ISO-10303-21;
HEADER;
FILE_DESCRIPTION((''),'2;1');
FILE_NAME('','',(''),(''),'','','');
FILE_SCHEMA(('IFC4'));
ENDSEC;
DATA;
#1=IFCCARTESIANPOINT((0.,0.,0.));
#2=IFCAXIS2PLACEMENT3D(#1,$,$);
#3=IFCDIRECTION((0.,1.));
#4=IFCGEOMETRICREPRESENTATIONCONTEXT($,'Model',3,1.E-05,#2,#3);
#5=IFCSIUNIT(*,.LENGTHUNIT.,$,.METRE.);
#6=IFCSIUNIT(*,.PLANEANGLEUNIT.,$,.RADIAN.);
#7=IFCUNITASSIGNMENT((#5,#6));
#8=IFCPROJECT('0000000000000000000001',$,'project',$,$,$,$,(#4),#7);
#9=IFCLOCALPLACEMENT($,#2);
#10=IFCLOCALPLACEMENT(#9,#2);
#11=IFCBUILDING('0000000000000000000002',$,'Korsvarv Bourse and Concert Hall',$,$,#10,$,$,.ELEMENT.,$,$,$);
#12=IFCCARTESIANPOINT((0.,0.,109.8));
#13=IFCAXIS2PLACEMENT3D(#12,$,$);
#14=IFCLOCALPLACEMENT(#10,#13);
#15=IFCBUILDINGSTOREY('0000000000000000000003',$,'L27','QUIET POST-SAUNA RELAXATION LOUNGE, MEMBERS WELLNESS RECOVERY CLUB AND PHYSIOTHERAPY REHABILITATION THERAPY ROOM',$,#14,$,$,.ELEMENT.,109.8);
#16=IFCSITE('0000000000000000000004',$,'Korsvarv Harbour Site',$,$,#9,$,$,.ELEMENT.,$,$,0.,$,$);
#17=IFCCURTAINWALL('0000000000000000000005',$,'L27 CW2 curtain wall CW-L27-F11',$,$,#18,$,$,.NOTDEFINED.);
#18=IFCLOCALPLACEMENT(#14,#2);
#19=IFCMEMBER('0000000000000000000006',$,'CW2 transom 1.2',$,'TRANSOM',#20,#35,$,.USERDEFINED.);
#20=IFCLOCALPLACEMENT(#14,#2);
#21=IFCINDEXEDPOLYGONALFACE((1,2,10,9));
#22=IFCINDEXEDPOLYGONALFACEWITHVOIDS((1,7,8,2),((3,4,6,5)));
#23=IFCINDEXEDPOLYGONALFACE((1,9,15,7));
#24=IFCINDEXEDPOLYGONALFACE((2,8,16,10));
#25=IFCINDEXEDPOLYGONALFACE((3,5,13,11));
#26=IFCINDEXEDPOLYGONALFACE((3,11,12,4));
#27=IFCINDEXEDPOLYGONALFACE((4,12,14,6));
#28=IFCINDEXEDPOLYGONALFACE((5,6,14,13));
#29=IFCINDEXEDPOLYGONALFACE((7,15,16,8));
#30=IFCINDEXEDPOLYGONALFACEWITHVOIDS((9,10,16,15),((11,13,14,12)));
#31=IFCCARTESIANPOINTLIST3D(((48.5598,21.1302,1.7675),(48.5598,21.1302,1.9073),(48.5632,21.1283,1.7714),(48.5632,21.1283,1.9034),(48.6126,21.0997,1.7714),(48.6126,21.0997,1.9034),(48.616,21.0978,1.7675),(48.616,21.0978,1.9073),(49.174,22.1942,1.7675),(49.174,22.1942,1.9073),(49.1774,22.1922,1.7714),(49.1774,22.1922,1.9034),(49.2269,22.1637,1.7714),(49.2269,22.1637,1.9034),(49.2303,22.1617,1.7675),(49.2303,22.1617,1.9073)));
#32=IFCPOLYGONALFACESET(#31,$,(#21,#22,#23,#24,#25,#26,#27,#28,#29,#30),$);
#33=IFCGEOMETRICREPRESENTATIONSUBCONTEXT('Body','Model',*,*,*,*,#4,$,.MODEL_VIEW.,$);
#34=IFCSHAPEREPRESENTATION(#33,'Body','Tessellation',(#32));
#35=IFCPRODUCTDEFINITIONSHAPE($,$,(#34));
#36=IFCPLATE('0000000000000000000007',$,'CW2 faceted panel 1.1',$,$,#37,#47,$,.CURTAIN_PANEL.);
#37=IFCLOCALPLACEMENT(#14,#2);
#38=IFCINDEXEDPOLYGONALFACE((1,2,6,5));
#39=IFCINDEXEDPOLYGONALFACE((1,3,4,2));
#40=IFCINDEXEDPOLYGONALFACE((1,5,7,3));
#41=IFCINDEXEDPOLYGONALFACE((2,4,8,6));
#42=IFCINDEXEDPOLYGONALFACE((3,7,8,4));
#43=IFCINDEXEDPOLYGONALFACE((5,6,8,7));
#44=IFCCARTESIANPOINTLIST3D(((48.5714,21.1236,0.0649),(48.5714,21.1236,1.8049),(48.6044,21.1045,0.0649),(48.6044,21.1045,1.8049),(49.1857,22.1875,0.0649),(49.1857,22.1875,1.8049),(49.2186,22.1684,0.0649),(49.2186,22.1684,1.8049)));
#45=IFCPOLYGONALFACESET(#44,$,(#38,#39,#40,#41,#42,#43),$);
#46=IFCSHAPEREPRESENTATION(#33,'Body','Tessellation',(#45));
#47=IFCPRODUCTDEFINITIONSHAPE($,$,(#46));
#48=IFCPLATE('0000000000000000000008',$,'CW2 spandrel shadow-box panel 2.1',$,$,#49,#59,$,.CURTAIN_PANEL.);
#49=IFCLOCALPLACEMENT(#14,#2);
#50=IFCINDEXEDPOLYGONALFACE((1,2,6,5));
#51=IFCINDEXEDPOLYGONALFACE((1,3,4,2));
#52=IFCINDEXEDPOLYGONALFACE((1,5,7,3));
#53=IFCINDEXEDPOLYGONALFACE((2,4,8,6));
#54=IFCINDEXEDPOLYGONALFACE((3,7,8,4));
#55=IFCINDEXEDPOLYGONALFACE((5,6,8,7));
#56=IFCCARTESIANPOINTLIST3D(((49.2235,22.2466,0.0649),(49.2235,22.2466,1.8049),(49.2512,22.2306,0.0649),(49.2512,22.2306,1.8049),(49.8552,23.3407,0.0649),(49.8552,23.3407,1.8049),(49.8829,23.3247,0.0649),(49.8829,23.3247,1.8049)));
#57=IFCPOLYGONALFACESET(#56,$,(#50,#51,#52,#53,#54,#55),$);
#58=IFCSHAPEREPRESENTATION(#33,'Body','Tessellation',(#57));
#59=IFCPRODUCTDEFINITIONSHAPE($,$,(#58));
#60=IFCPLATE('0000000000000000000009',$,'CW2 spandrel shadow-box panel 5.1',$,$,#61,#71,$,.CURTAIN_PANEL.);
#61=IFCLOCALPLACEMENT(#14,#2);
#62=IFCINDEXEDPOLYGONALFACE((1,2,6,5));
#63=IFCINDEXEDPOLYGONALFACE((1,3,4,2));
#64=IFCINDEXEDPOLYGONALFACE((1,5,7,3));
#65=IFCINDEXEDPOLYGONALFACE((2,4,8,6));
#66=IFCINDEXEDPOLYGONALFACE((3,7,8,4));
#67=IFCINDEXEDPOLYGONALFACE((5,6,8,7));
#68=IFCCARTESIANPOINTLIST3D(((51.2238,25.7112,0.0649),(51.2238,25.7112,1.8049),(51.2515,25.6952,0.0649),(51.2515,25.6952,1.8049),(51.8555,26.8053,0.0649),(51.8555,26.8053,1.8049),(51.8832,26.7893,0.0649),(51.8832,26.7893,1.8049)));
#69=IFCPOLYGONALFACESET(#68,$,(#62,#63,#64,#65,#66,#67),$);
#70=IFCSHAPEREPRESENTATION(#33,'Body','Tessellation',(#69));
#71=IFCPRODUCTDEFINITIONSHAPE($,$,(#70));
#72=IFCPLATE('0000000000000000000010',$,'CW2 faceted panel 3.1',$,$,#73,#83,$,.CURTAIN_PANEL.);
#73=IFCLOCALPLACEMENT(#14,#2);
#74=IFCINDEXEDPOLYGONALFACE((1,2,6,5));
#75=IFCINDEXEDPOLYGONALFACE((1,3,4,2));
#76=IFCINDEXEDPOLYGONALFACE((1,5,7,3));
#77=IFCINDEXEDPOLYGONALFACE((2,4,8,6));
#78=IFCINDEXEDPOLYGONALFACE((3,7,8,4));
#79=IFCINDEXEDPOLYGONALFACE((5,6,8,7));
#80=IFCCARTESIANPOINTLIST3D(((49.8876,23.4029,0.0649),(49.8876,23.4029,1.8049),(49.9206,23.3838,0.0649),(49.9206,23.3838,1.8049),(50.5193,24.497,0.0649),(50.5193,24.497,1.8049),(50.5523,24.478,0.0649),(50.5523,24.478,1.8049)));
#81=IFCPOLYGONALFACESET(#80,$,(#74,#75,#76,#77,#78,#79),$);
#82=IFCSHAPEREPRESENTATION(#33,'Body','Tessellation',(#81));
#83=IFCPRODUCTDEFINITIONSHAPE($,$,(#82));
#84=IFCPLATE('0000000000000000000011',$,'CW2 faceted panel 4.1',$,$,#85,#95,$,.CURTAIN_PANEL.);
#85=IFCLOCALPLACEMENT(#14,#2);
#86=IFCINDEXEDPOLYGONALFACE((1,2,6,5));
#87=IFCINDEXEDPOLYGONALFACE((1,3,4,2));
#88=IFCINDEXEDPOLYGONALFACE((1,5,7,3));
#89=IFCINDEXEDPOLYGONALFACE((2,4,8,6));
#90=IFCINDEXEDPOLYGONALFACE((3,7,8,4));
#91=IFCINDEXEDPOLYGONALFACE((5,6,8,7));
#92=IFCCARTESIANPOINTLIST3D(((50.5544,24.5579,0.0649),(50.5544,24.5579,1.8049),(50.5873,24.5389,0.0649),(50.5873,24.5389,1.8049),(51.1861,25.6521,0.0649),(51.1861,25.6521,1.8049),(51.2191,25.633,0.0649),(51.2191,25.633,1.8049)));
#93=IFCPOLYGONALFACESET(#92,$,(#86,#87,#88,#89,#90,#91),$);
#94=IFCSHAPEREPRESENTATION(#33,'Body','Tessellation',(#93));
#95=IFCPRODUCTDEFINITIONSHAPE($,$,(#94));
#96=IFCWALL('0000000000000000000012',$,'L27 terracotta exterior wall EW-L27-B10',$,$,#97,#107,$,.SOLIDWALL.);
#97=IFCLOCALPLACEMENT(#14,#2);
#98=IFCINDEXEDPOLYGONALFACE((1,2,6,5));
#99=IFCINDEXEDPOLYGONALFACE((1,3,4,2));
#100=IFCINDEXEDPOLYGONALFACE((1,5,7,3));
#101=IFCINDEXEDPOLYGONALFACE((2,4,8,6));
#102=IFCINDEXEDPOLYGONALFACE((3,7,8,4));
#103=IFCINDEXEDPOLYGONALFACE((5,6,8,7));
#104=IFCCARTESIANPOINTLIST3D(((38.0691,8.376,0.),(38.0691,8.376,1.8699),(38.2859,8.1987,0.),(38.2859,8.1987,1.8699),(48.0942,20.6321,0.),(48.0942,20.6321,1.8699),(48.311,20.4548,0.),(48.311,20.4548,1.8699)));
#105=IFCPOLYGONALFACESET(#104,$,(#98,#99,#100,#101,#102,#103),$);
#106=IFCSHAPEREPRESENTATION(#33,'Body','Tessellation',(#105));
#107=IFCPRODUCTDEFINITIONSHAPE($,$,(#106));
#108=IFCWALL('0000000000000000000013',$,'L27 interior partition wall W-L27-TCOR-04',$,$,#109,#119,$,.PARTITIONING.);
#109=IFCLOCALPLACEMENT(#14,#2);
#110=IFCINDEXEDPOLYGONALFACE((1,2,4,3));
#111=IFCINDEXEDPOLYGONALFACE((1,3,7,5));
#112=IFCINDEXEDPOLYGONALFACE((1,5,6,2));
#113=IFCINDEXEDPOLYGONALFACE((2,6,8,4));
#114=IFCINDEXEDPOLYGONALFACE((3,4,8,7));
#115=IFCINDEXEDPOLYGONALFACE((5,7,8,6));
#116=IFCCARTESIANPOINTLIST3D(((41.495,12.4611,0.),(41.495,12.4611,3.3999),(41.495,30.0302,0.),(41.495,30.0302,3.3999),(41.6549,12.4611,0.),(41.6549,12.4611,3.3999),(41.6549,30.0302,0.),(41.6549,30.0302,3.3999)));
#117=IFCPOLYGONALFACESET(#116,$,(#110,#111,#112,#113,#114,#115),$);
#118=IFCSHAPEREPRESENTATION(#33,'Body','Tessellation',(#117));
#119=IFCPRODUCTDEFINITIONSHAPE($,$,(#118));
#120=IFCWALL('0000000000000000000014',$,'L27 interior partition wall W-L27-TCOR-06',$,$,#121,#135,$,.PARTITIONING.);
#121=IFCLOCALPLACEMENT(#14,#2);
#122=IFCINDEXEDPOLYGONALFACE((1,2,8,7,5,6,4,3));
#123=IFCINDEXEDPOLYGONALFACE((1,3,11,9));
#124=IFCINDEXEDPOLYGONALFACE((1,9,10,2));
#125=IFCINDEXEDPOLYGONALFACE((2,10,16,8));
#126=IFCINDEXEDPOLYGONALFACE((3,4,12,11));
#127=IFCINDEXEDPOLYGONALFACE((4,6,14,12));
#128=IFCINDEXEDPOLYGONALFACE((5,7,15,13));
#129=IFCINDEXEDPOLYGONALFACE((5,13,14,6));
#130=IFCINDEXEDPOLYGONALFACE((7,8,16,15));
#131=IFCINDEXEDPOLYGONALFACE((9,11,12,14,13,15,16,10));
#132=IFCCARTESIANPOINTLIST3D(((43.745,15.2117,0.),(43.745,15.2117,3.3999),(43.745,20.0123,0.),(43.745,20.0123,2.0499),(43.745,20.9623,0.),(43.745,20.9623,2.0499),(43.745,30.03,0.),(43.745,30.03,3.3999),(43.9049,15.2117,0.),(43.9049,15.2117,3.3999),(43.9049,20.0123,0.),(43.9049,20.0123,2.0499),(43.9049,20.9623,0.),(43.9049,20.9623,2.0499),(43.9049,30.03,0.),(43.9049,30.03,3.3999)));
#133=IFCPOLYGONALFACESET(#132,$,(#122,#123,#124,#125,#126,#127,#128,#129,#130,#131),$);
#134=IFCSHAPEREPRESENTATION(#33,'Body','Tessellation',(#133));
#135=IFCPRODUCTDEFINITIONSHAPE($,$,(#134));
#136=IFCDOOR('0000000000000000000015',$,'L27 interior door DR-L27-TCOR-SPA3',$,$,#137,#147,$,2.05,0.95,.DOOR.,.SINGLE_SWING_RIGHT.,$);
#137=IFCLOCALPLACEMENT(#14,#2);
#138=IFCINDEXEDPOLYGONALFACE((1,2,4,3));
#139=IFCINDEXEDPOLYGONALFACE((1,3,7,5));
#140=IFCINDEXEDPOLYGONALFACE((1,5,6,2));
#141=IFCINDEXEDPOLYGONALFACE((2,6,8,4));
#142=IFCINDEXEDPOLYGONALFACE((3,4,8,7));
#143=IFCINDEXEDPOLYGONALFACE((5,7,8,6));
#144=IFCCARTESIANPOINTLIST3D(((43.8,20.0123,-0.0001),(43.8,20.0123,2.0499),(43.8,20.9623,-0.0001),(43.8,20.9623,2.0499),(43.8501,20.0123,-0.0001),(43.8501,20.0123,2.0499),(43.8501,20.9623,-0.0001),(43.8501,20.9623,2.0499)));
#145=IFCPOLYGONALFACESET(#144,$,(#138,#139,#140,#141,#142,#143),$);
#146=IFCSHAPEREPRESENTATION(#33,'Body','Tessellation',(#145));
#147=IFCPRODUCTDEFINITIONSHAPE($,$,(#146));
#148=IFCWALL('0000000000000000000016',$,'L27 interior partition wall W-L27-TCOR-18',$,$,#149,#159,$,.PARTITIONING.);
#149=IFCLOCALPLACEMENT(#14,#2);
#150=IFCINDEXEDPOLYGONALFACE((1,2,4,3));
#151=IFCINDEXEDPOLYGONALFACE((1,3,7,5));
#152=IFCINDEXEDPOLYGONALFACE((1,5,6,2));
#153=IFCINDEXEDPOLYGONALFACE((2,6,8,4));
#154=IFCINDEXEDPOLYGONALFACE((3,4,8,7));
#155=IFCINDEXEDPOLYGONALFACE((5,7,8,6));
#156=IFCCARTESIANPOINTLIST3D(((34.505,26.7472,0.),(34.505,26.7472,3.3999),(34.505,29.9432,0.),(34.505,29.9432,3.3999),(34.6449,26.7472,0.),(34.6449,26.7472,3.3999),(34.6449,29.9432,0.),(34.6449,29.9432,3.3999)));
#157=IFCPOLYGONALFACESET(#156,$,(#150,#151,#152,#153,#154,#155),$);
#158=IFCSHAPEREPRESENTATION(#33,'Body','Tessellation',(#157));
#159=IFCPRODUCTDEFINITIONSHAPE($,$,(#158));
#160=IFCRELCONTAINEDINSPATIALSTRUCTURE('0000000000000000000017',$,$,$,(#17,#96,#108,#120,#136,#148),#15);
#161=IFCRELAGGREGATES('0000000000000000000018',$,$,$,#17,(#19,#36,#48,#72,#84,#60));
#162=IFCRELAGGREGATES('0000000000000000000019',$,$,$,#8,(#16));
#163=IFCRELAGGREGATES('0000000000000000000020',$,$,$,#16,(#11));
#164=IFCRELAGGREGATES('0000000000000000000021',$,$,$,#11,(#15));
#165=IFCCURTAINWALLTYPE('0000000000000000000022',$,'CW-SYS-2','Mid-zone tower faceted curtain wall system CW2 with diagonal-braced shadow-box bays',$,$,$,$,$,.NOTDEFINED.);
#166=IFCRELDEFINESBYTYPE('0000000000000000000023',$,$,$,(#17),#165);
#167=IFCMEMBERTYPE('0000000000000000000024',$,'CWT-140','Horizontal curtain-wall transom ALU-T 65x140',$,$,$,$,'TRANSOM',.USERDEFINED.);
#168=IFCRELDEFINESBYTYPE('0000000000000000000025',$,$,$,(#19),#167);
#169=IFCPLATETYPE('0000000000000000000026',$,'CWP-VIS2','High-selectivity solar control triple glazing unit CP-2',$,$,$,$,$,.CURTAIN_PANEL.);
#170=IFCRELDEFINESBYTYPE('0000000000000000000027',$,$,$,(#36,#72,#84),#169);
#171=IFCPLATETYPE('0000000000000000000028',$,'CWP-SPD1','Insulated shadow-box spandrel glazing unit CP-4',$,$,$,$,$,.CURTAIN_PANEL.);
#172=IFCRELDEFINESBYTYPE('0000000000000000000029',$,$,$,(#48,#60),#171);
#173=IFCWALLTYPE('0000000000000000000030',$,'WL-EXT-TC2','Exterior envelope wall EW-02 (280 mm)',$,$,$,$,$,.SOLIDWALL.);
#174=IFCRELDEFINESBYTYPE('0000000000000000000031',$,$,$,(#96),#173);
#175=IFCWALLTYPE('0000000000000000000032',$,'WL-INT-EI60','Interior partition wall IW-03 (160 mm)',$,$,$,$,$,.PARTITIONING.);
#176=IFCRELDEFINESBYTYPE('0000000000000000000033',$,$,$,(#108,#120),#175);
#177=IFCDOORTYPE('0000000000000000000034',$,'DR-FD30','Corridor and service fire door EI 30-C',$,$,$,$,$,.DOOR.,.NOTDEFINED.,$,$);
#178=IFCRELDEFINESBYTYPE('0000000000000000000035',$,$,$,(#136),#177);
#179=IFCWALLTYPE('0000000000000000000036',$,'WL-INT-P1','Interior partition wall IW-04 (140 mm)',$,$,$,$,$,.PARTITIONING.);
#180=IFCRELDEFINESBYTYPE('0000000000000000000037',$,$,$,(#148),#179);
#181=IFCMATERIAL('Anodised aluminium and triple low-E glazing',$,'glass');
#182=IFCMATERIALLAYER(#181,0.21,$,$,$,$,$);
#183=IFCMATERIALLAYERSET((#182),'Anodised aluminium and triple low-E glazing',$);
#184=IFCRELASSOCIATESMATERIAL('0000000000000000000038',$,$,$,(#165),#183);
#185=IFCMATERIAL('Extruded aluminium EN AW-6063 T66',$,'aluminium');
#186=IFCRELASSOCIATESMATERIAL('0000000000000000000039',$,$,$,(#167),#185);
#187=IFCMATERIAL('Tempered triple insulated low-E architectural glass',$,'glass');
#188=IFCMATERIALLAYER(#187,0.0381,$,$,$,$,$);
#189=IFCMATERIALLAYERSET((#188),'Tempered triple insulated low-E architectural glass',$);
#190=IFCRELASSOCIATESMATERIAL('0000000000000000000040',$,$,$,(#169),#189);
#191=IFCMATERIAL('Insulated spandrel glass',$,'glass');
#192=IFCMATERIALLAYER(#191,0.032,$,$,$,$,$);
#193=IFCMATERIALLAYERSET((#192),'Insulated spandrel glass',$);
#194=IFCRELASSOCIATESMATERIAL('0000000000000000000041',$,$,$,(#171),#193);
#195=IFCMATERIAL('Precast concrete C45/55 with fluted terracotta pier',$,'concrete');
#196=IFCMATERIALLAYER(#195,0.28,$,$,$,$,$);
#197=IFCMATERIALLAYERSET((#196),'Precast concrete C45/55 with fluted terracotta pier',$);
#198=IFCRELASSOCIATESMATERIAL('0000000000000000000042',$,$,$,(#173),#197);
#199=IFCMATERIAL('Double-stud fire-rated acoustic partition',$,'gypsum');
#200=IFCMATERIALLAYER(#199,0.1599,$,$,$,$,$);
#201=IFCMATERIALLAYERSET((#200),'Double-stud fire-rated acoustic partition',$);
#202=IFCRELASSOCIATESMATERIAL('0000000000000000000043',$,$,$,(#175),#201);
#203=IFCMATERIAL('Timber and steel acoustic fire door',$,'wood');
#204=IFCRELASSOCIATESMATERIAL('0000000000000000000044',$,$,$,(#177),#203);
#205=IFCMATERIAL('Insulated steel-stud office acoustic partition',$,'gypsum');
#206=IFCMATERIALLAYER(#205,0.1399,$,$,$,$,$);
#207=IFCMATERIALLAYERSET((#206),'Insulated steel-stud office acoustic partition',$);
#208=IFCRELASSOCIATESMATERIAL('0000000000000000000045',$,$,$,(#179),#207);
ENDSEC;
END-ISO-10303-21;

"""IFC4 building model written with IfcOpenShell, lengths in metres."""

from ifc_helpers import new_model, si_unit, direction, frame, frame_2d, origin, origin_2d, place, context, subcontext, project, spatial, rectangle, hollow_rectangle, extrude, source, transform, mapped, material, layer, layer_set, material_profile, profile_set, type_object, element, fill, aggregate, save


model = new_model("IFC4")

# Units and contexts
model_context = context("Model", 3, precision=1e-05, world=origin(), true_north=direction((0.0, 1.0)))
body_context = subcontext(model_context, "Body", "Model", "MODEL_VIEW")
ifc_project = project(units=[si_unit("LENGTHUNIT", "METRE"), si_unit("PLANEANGLEUNIT", "RADIAN")], contexts=[model_context])

# Site, building, storey
site_placement = place(None, origin())
site = spatial("IfcSite", under=ifc_project, at=site_placement, Name="Korsvarv Harbour Site", CompositionType="ELEMENT", RefElevation=0.0)
building_placement = place(site_placement, origin())
building = spatial("IfcBuilding", under=site, at=building_placement, Name="Korsvarv Bourse and Concert Hall", CompositionType="ELEMENT")
storey_placement = place(building_placement, frame((0.0, 0.0, 109.8)))
storey = spatial("IfcBuildingStorey", under=building, at=storey_placement, Name="L27", Description="QUIET POST-SAUNA RELAXATION LOUNGE, MEMBERS WELLNESS RECOVERY CLUB AND PHYSIOTHERAPY REHABILITATION THERAPY ROOM", CompositionType="ELEMENT", Elevation=109.8)

# Curtain wall, member, plates
ifc_material_1 = material(Name="Anodised aluminium and triple low-E glazing", Category="glass")
ifc_layer_1 = layer(ifc_material_1, 0.21)
ifc_layer_set_1 = layer_set([ifc_layer_1], Name="Anodised aluminium and triple low-E glazing")
curtain_wall_type = type_object("IfcCurtainWallType", Name="CW-SYS-2", Description="Mid-zone tower faceted curtain wall system CW2 with diagonal-braced shadow-box bays", PredefinedType="NOTDEFINED", material=ifc_layer_set_1)
curtain_wall_placement = place(storey_placement, origin())
curtain_wall = element("IfcCurtainWall", 1, at=curtain_wall_placement, inside=storey, type_object=curtain_wall_type, Name="L27 CW2 curtain wall CW-L27-F11", PredefinedType="NOTDEFINED")
ifc_material_2 = material(Name="Extruded aluminium EN AW-6063 T66", Category="aluminium")
ifc_material_profile_1 = material_profile(ifc_material_2, hollow_rectangle(XDim=0.0649, YDim=0.1399, WallThickness=0.0039, at=origin_2d()), Name="ALU-T 65x140")
ifc_profile_set_1 = profile_set([ifc_material_profile_1], Name="Extruded aluminium EN AW-6063 T66")
member_type_1 = type_object("IfcMemberType", Name="CWT-140", Description="Horizontal curtain-wall transom ALU-T 65x140", ElementType="TRANSOM", PredefinedType="USERDEFINED", material=ifc_profile_set_1)
shared_shape_1 = source(origin(), body_context, "Body", "SweptSolid", [
    extrude(hollow_rectangle(XDim=0.0649, YDim=0.1399, WallThickness=0.0039, at=origin_2d()), origin(), (0.0, 0.0, 1.0), 1.2285),
])
member_1_placement = place(storey_placement, frame((48.5879, 21.114, 1.8374), z_axis=(0.499986, 0.866033, 0.0), x_axis=(-0.866033, 0.499986, 0.0)))
member_1 = element("IfcMember", 2, at=member_1_placement, type_object=member_type_1, Name="CW2 transom 1.2", ObjectType="TRANSOM", PredefinedType="USERDEFINED", context=body_context, shape_type="MappedRepresentation", body=[
    mapped(shared_shape_1, transform((0.0, 0.0, 0.0), scale=1.0)),
])
ifc_material_3 = material(Name="Tempered triple insulated low-E architectural glass", Category="glass")
ifc_layer_2 = layer(ifc_material_3, 0.0381)
ifc_layer_set_2 = layer_set([ifc_layer_2], Name="Tempered triple insulated low-E architectural glass")
plate_type_1 = type_object("IfcPlateType", Name="CWP-VIS2", Description="High-selectivity solar control triple glazing unit CP-2", PredefinedType="CURTAIN_PANEL", material=ifc_layer_set_2)
shared_shape_2 = source(origin(), body_context, "Body", "SweptSolid", [
    extrude(rectangle(XDim=1.2285, YDim=0.0381, at=origin_2d()), origin(), (0.0, 0.0, 1.0), 1.74),
])
plate_1_placement = place(storey_placement, frame((48.895, 21.646, 0.0649), z_axis=(0.0, 0.0, 1.0), x_axis=(0.500006, 0.866022, 0.0)))
plate_1 = element("IfcPlate", 3, at=plate_1_placement, type_object=plate_type_1, Name="CW2 faceted panel 1.1", PredefinedType="CURTAIN_PANEL", context=body_context, shape_type="MappedRepresentation", body=[
    mapped(shared_shape_2, transform((0.0, 0.0, 0.0), scale=1.0)),
])
ifc_material_4 = material(Name="Insulated spandrel glass", Category="glass")
ifc_layer_3 = layer(ifc_material_4, 0.032)
ifc_layer_set_3 = layer_set([ifc_layer_3], Name="Insulated spandrel glass")
plate_type_2 = type_object("IfcPlateType", Name="CWP-SPD1", Description="Insulated shadow-box spandrel glazing unit CP-4", PredefinedType="CURTAIN_PANEL", material=ifc_layer_set_3)
shared_shape_3 = source(origin(), body_context, "Body", "SweptSolid", [
    extrude(rectangle(XDim=1.2634, YDim=0.032, at=origin_2d()), origin(), (0.0, 0.0, 1.0), 1.74),
])
plate_2_placement = place(storey_placement, frame((49.5532, 22.7856, 0.0649), z_axis=(0.0, 0.0, 1.0), x_axis=(0.500006, 0.866022, 0.0)))
plate_2 = element("IfcPlate", 4, at=plate_2_placement, type_object=plate_type_2, Name="CW2 spandrel shadow-box panel 2.1", PredefinedType="CURTAIN_PANEL", context=body_context, shape_type="MappedRepresentation", body=[
    mapped(shared_shape_3, transform((0.0, 0.0, 0.0), scale=1.0)),
])
plate_3_placement = place(storey_placement, frame((51.5535, 26.2502, 0.0649), z_axis=(0.0, 0.0, 1.0), x_axis=(0.500006, 0.866022, 0.0)))
plate_3 = element("IfcPlate", 5, at=plate_3_placement, type_object=plate_type_2, Name="CW2 spandrel shadow-box panel 5.1", PredefinedType="CURTAIN_PANEL", context=body_context, shape_type="MappedRepresentation", body=[
    mapped(shared_shape_3, transform((0.0, 0.0, 0.0), scale=1.0)),
])
shared_shape_4 = source(origin(), body_context, "Body", "SweptSolid", [
    extrude(rectangle(XDim=1.2634, YDim=0.0381, at=origin_2d()), origin(), (0.0, 0.0, 1.0), 1.74),
])
plate_4_placement = place(storey_placement, frame((50.22, 23.9404, 0.0649), z_axis=(0.0, 0.0, 1.0), x_axis=(0.500006, 0.866022, 0.0)))
plate_4 = element("IfcPlate", 6, at=plate_4_placement, type_object=plate_type_1, Name="CW2 faceted panel 3.1", PredefinedType="CURTAIN_PANEL", context=body_context, shape_type="MappedRepresentation", body=[
    mapped(shared_shape_4, transform((0.0, 0.0, 0.0), scale=1.0)),
])
plate_5_placement = place(storey_placement, frame((50.8867, 25.0955, 0.0649), z_axis=(0.0, 0.0, 1.0), x_axis=(0.500006, 0.866022, 0.0)))
plate_5 = element("IfcPlate", 7, at=plate_5_placement, type_object=plate_type_1, Name="CW2 faceted panel 4.1", PredefinedType="CURTAIN_PANEL", context=body_context, shape_type="MappedRepresentation", body=[
    mapped(shared_shape_4, transform((0.0, 0.0, 0.0), scale=1.0)),
])
aggregate(curtain_wall, [member_1, plate_1, plate_2, plate_4, plate_5, plate_3])

# Walls
ifc_material_5 = material(Name="Precast concrete C45/55 with fluted terracotta pier", Category="concrete")
ifc_layer_4 = layer(ifc_material_5, 0.28)
ifc_layer_set_4 = layer_set([ifc_layer_4], Name="Precast concrete C45/55 with fluted terracotta pier")
wall_type_1 = type_object("IfcWallType", Name="WL-EXT-TC2", Description="Exterior envelope wall EW-02 (280 mm)", PredefinedType="SOLIDWALL", material=ifc_layer_set_4)
wall_1_placement = place(storey_placement, frame((38.1775, 8.2874, 0.0), z_axis=(0.0, 0.0, 1.0), x_axis=(0.63314, 0.774037, 0.0)))
element("IfcWall", 8, at=wall_1_placement, inside=storey, type_object=wall_type_1, Name="L27 terracotta exterior wall EW-L27-B10", PredefinedType="SOLIDWALL", context=body_context, shape_type="SweptSolid", body=[
    extrude(rectangle(XDim=15.834, YDim=0.28, at=frame_2d((7.917, 0.0))), origin(), (0.0, 0.0, 1.0), 1.8699),
])
ifc_material_6 = material(Name="Double-stud fire-rated acoustic partition", Category="gypsum")
ifc_layer_5 = layer(ifc_material_6, 0.1599)
ifc_layer_set_5 = layer_set([ifc_layer_5], Name="Double-stud fire-rated acoustic partition")
wall_type_2 = type_object("IfcWallType", Name="WL-INT-EI60", Description="Interior partition wall IW-03 (160 mm)", PredefinedType="PARTITIONING", material=ifc_layer_set_5)
wall_2_placement = place(storey_placement, frame((41.575, 12.4609, 0.0), z_axis=(0.0, 0.0, 1.0), x_axis=(0.0, 1.0, 0.0)))
element("IfcWall", 9, at=wall_2_placement, inside=storey, type_object=wall_type_2, Name="L27 interior partition wall W-L27-TCOR-04", PredefinedType="PARTITIONING", context=body_context, shape_type="SweptSolid", body=[
    extrude(rectangle(XDim=17.5691, YDim=0.1599, at=frame_2d((8.7847, 0.0))), origin(), (0.0, 0.0, 1.0), 3.3999),
])

# Wall, opening, door
wall_3_placement = place(storey_placement, frame((43.825, 15.2117, 0.0), z_axis=(0.0, 0.0, 1.0), x_axis=(0.0, 1.0, 0.0)))
wall_3 = element("IfcWall", 10, at=wall_3_placement, inside=storey, type_object=wall_type_2, Name="L27 interior partition wall W-L27-TCOR-06", PredefinedType="PARTITIONING", context=body_context, shape_type="SweptSolid", body=[
    extrude(rectangle(XDim=14.8184, YDim=0.1599, at=frame_2d((7.4092, 0.0))), origin(), (0.0, 0.0, 1.0), 3.3999),
])
opening_placement = place(wall_3_placement, frame((4.8005, 0.0, 0.0)))
opening = element("IfcOpeningElement", 11, at=opening_placement, cuts=wall_3, PredefinedType="OPENING", context=body_context, shape_type="SweptSolid", body=[
    extrude(rectangle(XDim=0.95, YDim=2.05, at=frame_2d((0.4751, 1.0249))), frame((0.0, 0.0898, 0.0), z_axis=(0.0, -1.0, 0.0), x_axis=(1.0, 0.0, 0.0)), (0.0, 0.0, 1.0), 0.1799),
])
ifc_material_7 = material(Name="Timber and steel acoustic fire door", Category="wood")
door_type = type_object("IfcDoorType", Name="DR-FD30", Description="Corridor and service fire door EI 30-C", OperationType="NOTDEFINED", PredefinedType="DOOR", material=ifc_material_7)
door_placement = place(opening_placement, origin())
door = element("IfcDoor", 12, at=door_placement, inside=storey, type_object=door_type, Name="L27 interior door DR-L27-TCOR-SPA3", OperationType="SINGLE_SWING_RIGHT", OverallHeight=2.05, OverallWidth=0.95, PredefinedType="DOOR", context=body_context, shape_type="SweptSolid", body=[
    extrude(rectangle(XDim=0.95, YDim=2.05, at=frame_2d((0.4751, 1.0249))), frame((0.0, 0.0249, 0.0), z_axis=(0.0, -1.0, 0.0), x_axis=(1.0, 0.0, 0.0)), (0.0, 0.0, 1.0), 0.05),
])
fill(opening, door)

# Wall
ifc_material_8 = material(Name="Insulated steel-stud office acoustic partition", Category="gypsum")
ifc_layer_6 = layer(ifc_material_8, 0.1399)
ifc_layer_set_6 = layer_set([ifc_layer_6], Name="Insulated steel-stud office acoustic partition")
wall_type_3 = type_object("IfcWallType", Name="WL-INT-P1", Description="Interior partition wall IW-04 (140 mm)", PredefinedType="PARTITIONING", material=ifc_layer_set_6)
wall_4_placement = place(storey_placement, frame((34.575, 26.7471, 0.0), z_axis=(0.0, 0.0, 1.0), x_axis=(0.0, 1.0, 0.0)))
element("IfcWall", 13, at=wall_4_placement, inside=storey, type_object=wall_type_3, Name="L27 interior partition wall W-L27-TCOR-18", PredefinedType="PARTITIONING", context=body_context, shape_type="SweptSolid", body=[
    extrude(rectangle(XDim=3.196, YDim=0.1399, at=frame_2d((1.5981, 0.0))), origin(), (0.0, 0.0, 1.0), 3.3999),
])

save(model, "model.ifc")
